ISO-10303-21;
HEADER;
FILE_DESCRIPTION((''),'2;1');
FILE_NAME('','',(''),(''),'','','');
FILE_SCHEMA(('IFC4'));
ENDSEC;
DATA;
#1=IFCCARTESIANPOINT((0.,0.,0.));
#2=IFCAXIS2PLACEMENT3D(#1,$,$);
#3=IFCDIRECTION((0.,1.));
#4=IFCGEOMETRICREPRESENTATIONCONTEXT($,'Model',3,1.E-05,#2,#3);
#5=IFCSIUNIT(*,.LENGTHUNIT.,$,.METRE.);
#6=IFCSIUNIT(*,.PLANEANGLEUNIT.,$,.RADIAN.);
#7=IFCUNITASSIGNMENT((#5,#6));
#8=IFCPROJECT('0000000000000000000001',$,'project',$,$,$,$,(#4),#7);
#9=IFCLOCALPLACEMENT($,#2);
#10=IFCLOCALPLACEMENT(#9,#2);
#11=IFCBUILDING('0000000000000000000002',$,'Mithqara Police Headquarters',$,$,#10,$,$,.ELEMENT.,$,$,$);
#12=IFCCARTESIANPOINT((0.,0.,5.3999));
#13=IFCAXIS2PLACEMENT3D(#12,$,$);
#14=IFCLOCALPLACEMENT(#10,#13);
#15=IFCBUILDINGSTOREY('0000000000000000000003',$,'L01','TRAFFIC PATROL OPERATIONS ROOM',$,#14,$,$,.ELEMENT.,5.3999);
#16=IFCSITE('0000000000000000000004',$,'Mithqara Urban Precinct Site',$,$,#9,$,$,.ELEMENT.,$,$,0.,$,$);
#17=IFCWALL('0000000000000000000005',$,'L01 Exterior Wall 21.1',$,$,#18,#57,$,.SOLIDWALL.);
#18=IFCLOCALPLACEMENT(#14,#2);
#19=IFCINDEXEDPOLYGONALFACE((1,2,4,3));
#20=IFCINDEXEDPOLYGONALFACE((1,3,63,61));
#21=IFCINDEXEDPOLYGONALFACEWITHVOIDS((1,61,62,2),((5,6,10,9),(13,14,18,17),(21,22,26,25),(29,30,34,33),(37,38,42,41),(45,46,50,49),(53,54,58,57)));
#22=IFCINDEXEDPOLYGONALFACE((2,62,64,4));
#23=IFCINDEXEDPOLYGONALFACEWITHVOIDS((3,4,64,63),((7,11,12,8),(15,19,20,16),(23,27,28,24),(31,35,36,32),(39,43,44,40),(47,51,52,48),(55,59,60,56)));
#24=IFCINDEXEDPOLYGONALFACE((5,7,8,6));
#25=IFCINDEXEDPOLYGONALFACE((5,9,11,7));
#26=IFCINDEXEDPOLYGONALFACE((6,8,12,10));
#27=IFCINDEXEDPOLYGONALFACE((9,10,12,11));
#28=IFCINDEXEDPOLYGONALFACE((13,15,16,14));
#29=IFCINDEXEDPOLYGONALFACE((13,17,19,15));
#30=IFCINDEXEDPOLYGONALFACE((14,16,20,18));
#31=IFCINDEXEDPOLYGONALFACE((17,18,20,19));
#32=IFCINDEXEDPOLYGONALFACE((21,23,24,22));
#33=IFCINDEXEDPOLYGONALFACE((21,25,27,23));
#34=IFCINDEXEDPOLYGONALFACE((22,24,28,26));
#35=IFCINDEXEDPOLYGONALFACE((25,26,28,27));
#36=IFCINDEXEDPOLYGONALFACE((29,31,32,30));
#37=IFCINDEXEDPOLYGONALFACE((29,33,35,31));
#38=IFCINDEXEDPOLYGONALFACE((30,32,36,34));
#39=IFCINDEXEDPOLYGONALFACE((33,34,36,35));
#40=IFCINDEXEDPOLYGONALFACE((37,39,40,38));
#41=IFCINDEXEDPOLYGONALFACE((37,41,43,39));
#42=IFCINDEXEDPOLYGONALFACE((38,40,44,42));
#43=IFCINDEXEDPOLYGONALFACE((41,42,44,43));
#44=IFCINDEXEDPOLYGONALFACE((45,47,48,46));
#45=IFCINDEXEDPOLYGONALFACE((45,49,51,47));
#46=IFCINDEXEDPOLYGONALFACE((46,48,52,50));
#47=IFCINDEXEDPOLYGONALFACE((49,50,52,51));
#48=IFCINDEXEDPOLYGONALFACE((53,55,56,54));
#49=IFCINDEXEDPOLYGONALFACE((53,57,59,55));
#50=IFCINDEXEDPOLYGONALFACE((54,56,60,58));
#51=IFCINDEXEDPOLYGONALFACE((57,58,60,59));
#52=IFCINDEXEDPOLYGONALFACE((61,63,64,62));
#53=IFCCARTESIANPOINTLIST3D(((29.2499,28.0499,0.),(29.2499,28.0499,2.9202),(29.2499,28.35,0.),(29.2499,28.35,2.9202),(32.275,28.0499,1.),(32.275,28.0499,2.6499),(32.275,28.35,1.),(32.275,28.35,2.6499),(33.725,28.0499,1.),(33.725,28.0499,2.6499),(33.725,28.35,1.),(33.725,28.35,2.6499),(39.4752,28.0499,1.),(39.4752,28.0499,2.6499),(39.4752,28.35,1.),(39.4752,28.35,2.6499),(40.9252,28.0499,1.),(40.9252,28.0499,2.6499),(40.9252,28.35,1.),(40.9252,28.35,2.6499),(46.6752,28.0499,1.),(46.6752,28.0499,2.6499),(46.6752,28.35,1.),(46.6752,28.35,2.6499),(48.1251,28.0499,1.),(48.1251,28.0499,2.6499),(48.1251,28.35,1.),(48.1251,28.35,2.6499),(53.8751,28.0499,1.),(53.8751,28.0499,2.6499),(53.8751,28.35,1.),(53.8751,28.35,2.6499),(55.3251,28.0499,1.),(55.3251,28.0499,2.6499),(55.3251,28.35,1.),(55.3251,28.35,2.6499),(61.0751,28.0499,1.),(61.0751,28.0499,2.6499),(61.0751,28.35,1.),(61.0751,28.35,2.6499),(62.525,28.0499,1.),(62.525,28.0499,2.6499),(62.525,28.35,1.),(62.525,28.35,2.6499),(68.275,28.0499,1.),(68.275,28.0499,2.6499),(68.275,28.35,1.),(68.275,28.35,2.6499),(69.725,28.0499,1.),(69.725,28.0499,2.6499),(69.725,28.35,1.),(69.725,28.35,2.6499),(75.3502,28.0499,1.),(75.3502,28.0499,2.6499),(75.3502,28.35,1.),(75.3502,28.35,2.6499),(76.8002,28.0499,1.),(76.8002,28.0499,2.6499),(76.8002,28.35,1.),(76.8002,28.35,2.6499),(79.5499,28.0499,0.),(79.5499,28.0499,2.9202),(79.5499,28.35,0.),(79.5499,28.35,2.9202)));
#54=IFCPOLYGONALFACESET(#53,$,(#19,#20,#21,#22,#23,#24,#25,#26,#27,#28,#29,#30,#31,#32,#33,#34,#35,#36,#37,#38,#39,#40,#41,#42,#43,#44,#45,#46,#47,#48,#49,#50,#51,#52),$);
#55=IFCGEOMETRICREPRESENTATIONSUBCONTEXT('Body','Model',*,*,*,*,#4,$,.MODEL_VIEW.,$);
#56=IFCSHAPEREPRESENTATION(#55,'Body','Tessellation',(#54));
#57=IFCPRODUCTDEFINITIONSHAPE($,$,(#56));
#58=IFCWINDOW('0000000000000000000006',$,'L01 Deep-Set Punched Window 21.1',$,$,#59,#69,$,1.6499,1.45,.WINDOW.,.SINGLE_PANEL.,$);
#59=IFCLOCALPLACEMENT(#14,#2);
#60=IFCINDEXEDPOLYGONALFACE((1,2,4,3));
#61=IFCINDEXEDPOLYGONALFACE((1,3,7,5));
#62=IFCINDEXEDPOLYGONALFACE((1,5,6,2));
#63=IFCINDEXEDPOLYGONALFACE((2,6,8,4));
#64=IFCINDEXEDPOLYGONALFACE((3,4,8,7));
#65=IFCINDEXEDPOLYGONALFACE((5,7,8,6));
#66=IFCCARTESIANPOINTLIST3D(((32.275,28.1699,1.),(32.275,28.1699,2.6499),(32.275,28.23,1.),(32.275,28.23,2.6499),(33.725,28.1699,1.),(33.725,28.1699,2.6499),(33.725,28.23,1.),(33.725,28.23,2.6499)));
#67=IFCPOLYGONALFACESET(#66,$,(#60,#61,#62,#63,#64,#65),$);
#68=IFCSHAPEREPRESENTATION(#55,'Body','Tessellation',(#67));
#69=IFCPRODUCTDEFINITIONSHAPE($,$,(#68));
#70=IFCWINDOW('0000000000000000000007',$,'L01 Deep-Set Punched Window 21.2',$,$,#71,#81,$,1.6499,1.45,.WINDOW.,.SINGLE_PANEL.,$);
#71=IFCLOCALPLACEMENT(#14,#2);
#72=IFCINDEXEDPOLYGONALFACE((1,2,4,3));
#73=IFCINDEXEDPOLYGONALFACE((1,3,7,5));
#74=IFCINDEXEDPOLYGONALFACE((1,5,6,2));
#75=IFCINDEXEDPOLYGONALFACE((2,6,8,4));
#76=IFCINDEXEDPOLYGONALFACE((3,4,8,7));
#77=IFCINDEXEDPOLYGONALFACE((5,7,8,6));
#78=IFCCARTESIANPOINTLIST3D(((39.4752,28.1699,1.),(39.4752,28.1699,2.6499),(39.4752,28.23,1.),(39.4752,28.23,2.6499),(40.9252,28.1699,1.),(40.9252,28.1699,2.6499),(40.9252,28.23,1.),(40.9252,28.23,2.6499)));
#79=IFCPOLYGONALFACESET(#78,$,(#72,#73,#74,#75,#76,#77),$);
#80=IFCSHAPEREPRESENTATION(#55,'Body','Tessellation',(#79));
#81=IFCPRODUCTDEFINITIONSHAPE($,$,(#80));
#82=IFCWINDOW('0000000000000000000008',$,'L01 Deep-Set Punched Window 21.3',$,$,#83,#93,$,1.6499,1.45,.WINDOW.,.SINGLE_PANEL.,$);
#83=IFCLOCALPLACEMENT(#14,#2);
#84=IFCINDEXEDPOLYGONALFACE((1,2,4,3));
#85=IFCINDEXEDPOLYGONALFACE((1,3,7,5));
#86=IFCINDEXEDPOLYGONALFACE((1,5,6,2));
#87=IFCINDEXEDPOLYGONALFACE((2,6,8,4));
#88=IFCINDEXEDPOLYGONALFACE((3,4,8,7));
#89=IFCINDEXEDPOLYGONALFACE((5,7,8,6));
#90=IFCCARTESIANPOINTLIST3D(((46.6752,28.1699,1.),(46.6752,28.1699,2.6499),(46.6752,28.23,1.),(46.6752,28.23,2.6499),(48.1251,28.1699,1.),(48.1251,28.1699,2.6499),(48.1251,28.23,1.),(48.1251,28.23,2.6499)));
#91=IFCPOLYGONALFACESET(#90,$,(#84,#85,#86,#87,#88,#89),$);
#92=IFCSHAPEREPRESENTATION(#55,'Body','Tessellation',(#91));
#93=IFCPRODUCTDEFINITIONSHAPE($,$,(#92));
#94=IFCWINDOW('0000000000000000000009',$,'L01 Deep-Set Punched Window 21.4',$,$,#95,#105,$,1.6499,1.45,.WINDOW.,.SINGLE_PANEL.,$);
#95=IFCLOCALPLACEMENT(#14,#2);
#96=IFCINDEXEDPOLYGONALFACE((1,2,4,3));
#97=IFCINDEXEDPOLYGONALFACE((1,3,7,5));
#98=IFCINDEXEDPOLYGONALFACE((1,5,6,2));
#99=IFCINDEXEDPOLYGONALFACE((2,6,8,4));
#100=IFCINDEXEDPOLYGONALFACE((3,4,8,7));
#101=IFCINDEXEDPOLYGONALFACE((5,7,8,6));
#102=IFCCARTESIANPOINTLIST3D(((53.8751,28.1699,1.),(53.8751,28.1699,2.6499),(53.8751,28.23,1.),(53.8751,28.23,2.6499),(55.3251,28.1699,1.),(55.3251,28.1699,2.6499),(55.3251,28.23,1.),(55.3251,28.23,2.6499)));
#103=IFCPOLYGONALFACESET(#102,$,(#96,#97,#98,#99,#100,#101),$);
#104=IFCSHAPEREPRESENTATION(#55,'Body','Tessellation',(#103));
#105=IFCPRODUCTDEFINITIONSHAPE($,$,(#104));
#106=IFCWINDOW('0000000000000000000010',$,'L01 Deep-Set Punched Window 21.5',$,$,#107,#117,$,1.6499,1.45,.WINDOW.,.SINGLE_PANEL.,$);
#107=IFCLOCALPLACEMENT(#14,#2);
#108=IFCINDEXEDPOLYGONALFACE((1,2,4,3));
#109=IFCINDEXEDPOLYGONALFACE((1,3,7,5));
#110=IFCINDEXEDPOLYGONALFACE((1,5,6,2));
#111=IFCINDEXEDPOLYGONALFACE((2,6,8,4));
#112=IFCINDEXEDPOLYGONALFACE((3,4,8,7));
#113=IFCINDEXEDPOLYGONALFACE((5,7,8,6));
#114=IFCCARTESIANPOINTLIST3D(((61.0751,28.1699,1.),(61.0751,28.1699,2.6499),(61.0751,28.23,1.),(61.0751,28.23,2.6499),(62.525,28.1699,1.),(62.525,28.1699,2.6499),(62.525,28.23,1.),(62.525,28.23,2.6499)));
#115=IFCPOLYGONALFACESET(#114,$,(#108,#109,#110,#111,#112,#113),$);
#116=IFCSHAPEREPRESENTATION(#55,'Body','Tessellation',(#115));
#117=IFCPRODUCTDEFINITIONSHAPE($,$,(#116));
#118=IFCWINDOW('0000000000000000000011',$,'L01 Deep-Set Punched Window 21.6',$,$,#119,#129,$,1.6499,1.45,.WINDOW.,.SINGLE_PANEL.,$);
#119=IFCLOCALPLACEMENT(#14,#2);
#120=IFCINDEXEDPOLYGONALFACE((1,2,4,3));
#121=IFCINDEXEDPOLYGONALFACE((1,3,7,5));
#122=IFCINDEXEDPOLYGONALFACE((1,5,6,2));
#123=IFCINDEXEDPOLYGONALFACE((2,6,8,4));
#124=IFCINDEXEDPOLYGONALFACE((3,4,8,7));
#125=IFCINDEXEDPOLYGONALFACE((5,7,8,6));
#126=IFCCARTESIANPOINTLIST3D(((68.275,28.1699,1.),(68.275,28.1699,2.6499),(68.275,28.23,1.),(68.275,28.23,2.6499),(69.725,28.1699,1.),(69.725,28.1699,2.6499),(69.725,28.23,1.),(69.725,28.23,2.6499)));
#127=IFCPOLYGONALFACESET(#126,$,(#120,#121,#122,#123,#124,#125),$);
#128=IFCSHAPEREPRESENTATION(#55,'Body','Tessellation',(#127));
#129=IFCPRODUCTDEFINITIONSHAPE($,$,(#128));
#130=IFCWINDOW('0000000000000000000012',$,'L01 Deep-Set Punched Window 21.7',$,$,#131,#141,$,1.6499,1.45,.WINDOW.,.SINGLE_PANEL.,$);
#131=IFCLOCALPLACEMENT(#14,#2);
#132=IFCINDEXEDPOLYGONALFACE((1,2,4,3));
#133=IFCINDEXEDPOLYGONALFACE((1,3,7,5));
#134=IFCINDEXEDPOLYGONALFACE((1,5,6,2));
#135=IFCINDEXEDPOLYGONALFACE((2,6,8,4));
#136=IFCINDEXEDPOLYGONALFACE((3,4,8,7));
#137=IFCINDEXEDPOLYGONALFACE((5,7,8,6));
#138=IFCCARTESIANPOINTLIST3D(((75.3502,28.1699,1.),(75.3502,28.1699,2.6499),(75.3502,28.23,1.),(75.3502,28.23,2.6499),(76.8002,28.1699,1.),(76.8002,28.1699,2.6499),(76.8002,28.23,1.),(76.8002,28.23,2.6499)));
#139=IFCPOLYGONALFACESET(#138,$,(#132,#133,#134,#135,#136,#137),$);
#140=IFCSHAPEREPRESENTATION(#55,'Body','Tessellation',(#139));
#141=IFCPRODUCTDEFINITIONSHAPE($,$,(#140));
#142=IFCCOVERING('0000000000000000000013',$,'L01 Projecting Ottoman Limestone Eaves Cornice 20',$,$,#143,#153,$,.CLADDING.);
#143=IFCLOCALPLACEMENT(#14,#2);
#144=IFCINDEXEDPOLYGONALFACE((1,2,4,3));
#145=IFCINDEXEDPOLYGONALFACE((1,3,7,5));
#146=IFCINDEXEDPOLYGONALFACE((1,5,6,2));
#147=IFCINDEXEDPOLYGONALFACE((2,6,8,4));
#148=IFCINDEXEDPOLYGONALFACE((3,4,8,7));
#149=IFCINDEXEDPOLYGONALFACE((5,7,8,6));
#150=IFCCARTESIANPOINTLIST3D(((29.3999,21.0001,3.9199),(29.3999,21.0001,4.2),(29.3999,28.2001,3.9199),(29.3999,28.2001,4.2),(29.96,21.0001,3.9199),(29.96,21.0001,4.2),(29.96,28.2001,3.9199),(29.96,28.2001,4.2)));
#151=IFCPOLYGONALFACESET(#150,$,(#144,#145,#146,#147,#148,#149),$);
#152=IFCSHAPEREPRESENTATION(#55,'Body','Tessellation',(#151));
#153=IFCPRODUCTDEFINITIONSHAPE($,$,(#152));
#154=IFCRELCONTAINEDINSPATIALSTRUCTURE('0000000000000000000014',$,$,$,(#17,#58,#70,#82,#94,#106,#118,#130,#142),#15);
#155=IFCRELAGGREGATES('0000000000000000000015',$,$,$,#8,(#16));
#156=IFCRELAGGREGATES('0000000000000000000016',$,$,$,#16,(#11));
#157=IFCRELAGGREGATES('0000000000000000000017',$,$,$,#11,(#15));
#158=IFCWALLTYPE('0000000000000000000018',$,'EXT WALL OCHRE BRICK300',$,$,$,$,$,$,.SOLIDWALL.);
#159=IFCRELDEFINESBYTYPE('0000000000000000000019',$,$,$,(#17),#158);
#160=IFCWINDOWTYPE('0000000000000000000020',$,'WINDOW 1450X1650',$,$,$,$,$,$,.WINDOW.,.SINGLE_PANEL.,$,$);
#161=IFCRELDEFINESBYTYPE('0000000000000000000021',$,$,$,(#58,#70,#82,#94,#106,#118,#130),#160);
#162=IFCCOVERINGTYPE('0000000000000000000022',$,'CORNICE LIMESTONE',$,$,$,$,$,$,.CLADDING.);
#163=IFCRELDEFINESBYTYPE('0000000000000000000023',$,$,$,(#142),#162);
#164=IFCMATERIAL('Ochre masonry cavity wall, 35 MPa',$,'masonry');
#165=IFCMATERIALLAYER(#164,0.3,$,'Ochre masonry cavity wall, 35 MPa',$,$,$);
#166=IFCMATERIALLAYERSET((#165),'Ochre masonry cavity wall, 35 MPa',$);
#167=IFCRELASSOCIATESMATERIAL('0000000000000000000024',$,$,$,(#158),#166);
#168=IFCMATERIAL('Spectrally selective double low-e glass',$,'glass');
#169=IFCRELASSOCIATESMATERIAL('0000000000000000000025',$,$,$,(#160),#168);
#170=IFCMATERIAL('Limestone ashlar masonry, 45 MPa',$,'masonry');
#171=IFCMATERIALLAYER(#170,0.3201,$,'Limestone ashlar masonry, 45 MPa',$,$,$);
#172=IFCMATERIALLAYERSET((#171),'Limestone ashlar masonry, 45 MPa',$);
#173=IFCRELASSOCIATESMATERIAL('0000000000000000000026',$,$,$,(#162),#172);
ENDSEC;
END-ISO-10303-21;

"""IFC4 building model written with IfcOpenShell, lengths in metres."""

from ifc_helpers import new_model, si_unit, direction, frame, frame_2d, origin, origin_2d, place, context, subcontext, project, spatial, rectangle, extrude, material, layer, layer_set, type_object, element, fill, save


model = new_model("IFC4")

# Units and contexts
model_context = context("Model", 3, precision=1e-05, world=origin(), true_north=direction((0.0, 1.0)))
body_context = subcontext(model_context, "Body", "Model", "MODEL_VIEW")
ifc_project = project(units=[si_unit("LENGTHUNIT", "METRE"), si_unit("PLANEANGLEUNIT", "RADIAN")], contexts=[model_context])

# Site, building, storey
site_placement = place(None, origin())
site = spatial("IfcSite", under=ifc_project, at=site_placement, Name="Mithqara Urban Precinct Site", CompositionType="ELEMENT", RefElevation=0.0)
building_placement = place(site_placement, origin())
building = spatial("IfcBuilding", under=site, at=building_placement, Name="Mithqara Police Headquarters", CompositionType="ELEMENT")
storey_placement = place(building_placement, frame((0.0, 0.0, 5.3999)))
storey = spatial("IfcBuildingStorey", under=building, at=storey_placement, Name="L01", Description="TRAFFIC PATROL OPERATIONS ROOM", CompositionType="ELEMENT", Elevation=5.3999)

# Shared definitions
ifc_material_1 = material(Name="Ochre masonry cavity wall, 35 MPa", Category="masonry")
ifc_layer_1 = layer(ifc_material_1, 0.3, Name="Ochre masonry cavity wall, 35 MPa")
ifc_layer_set_1 = layer_set([ifc_layer_1], Name="Ochre masonry cavity wall, 35 MPa")
wall_type = type_object("IfcWallType", Name="EXT WALL OCHRE BRICK300", PredefinedType="SOLIDWALL", material=ifc_layer_set_1)
ifc_material_2 = material(Name="Spectrally selective double low-e glass", Category="glass")

# Wall, openings, windows
wall_1_placement = place(storey_placement, frame((29.25, 28.2, 0.0), z_axis=(0.0, 0.0, 1.0), x_axis=(1.0, 0.0, 0.0)))
wall_1 = element("IfcWall", 1, at=wall_1_placement, inside=storey, type_object=wall_type, Name="L01 Exterior Wall 21.1", PredefinedType="SOLIDWALL", context=body_context, shape_type="SweptSolid", body=[
    extrude(rectangle(XDim=50.3, YDim=0.3, at=frame_2d((25.1499, 0.0))), origin(), (0.0, 0.0, 1.0), 2.9202),
])
opening_1_placement = place(wall_1_placement, frame((3.0249, 0.0, 1.0)))
opening_1 = element("IfcOpeningElement", 2, at=opening_1_placement, cuts=wall_1, PredefinedType="OPENING", context=body_context, shape_type="SweptSolid", body=[
    extrude(rectangle(XDim=1.45, YDim=1.6499, at=frame_2d((0.7251, 0.825))), frame((0.0, 0.1602, 0.0), z_axis=(0.0, -1.0, 0.0), x_axis=(1.0, 0.0, 0.0)), (0.0, 0.0, 1.0), 0.3201),
])
opening_2_placement = place(wall_1_placement, frame((10.2251, 0.0, 1.0)))
opening_2 = element("IfcOpeningElement", 3, at=opening_2_placement, cuts=wall_1, PredefinedType="OPENING", context=body_context, shape_type="SweptSolid", body=[
    extrude(rectangle(XDim=1.45, YDim=1.6499, at=frame_2d((0.7251, 0.825))), frame((0.0, 0.1602, 0.0), z_axis=(0.0, -1.0, 0.0), x_axis=(1.0, 0.0, 0.0)), (0.0, 0.0, 1.0), 0.3201),
])
opening_3_placement = place(wall_1_placement, frame((17.425, 0.0, 1.0)))
opening_3 = element("IfcOpeningElement", 4, at=opening_3_placement, cuts=wall_1, PredefinedType="OPENING", context=body_context, shape_type="SweptSolid", body=[
    extrude(rectangle(XDim=1.45, YDim=1.6499, at=frame_2d((0.7251, 0.825))), frame((0.0, 0.1602, 0.0), z_axis=(0.0, -1.0, 0.0), x_axis=(1.0, 0.0, 0.0)), (0.0, 0.0, 1.0), 0.3201),
])
opening_4_placement = place(wall_1_placement, frame((24.625, 0.0, 1.0)))
opening_4 = element("IfcOpeningElement", 5, at=opening_4_placement, cuts=wall_1, PredefinedType="OPENING", context=body_context, shape_type="SweptSolid", body=[
    extrude(rectangle(XDim=1.45, YDim=1.6499, at=frame_2d((0.7251, 0.825))), frame((0.0, 0.1602, 0.0), z_axis=(0.0, -1.0, 0.0), x_axis=(1.0, 0.0, 0.0)), (0.0, 0.0, 1.0), 0.3201),
])
opening_5_placement = place(wall_1_placement, frame((31.825, 0.0, 1.0)))
opening_5 = element("IfcOpeningElement", 6, at=opening_5_placement, cuts=wall_1, PredefinedType="OPENING", context=body_context, shape_type="SweptSolid", body=[
    extrude(rectangle(XDim=1.45, YDim=1.6499, at=frame_2d((0.7251, 0.825))), frame((0.0, 0.1602, 0.0), z_axis=(0.0, -1.0, 0.0), x_axis=(1.0, 0.0, 0.0)), (0.0, 0.0, 1.0), 0.3201),
])
opening_6_placement = place(wall_1_placement, frame((39.0249, 0.0, 1.0)))
opening_6 = element("IfcOpeningElement", 7, at=opening_6_placement, cuts=wall_1, PredefinedType="OPENING", context=body_context, shape_type="SweptSolid", body=[
    extrude(rectangle(XDim=1.45, YDim=1.6499, at=frame_2d((0.7251, 0.825))), frame((0.0, 0.1602, 0.0), z_axis=(0.0, -1.0, 0.0), x_axis=(1.0, 0.0, 0.0)), (0.0, 0.0, 1.0), 0.3201),
])
opening_7_placement = place(wall_1_placement, frame((46.1001, 0.0, 1.0)))
opening_7 = element("IfcOpeningElement", 8, at=opening_7_placement, cuts=wall_1, PredefinedType="OPENING", context=body_context, shape_type="SweptSolid", body=[
    extrude(rectangle(XDim=1.45, YDim=1.6499, at=frame_2d((0.7251, 0.825))), frame((0.0, 0.1602, 0.0), z_axis=(0.0, -1.0, 0.0), x_axis=(1.0, 0.0, 0.0)), (0.0, 0.0, 1.0), 0.3201),
])
window_type_1 = type_object("IfcWindowType", Name="WINDOW 1450X1650", PartitioningType="SINGLE_PANEL", PredefinedType="WINDOW", material=ifc_material_2)
window_1_placement = place(opening_1_placement, origin())
window_1 = element("IfcWindow", 9, at=window_1_placement, inside=storey, type_object=window_type_1, Name="L01 Deep-Set Punched Window 21.1", OverallHeight=1.6499, OverallWidth=1.45, PartitioningType="SINGLE_PANEL", PredefinedType="WINDOW", context=body_context, shape_type="SweptSolid", body=[
    extrude(rectangle(XDim=1.45, YDim=1.6499, at=frame_2d((0.7251, 0.825))), frame((0.0, 0.03, 0.0), z_axis=(0.0, -1.0, 0.0), x_axis=(1.0, 0.0, 0.0)), (0.0, 0.0, 1.0), 0.0601),
])
fill(opening_1, window_1)
window_2_placement = place(opening_2_placement, origin())
window_2 = element("IfcWindow", 10, at=window_2_placement, inside=storey, type_object=window_type_1, Name="L01 Deep-Set Punched Window 21.2", OverallHeight=1.6499, OverallWidth=1.45, PartitioningType="SINGLE_PANEL", PredefinedType="WINDOW", context=body_context, shape_type="SweptSolid", body=[
    extrude(rectangle(XDim=1.45, YDim=1.6499, at=frame_2d((0.7251, 0.825))), frame((0.0, 0.03, 0.0), z_axis=(0.0, -1.0, 0.0), x_axis=(1.0, 0.0, 0.0)), (0.0, 0.0, 1.0), 0.0601),
])
fill(opening_2, window_2)
window_3_placement = place(opening_3_placement, origin())
window_3 = element("IfcWindow", 11, at=window_3_placement, inside=storey, type_object=window_type_1, Name="L01 Deep-Set Punched Window 21.3", OverallHeight=1.6499, OverallWidth=1.45, PartitioningType="SINGLE_PANEL", PredefinedType="WINDOW", context=body_context, shape_type="SweptSolid", body=[
    extrude(rectangle(XDim=1.45, YDim=1.6499, at=frame_2d((0.7251, 0.825))), frame((0.0, 0.03, 0.0), z_axis=(0.0, -1.0, 0.0), x_axis=(1.0, 0.0, 0.0)), (0.0, 0.0, 1.0), 0.0601),
])
fill(opening_3, window_3)
window_4_placement = place(opening_4_placement, origin())
window_4 = element("IfcWindow", 12, at=window_4_placement, inside=storey, type_object=window_type_1, Name="L01 Deep-Set Punched Window 21.4", OverallHeight=1.6499, OverallWidth=1.45, PartitioningType="SINGLE_PANEL", PredefinedType="WINDOW", context=body_context, shape_type="SweptSolid", body=[
    extrude(rectangle(XDim=1.45, YDim=1.6499, at=frame_2d((0.7251, 0.825))), frame((0.0, 0.03, 0.0), z_axis=(0.0, -1.0, 0.0), x_axis=(1.0, 0.0, 0.0)), (0.0, 0.0, 1.0), 0.0601),
])
fill(opening_4, window_4)
window_5_placement = place(opening_5_placement, origin())
window_5 = element("IfcWindow", 13, at=window_5_placement, inside=storey, type_object=window_type_1, Name="L01 Deep-Set Punched Window 21.5", OverallHeight=1.6499, OverallWidth=1.45, PartitioningType="SINGLE_PANEL", PredefinedType="WINDOW", context=body_context, shape_type="SweptSolid", body=[
    extrude(rectangle(XDim=1.45, YDim=1.6499, at=frame_2d((0.7251, 0.825))), frame((0.0, 0.03, 0.0), z_axis=(0.0, -1.0, 0.0), x_axis=(1.0, 0.0, 0.0)), (0.0, 0.0, 1.0), 0.0601),
])
fill(opening_5, window_5)
window_6_placement = place(opening_6_placement, origin())
window_6 = element("IfcWindow", 14, at=window_6_placement, inside=storey, type_object=window_type_1, Name="L01 Deep-Set Punched Window 21.6", OverallHeight=1.6499, OverallWidth=1.45, PartitioningType="SINGLE_PANEL", PredefinedType="WINDOW", context=body_context, shape_type="SweptSolid", body=[
    extrude(rectangle(XDim=1.45, YDim=1.6499, at=frame_2d((0.7251, 0.825))), frame((0.0, 0.03, 0.0), z_axis=(0.0, -1.0, 0.0), x_axis=(1.0, 0.0, 0.0)), (0.0, 0.0, 1.0), 0.0601),
])
fill(opening_6, window_6)
window_7_placement = place(opening_7_placement, origin())
window_7 = element("IfcWindow", 15, at=window_7_placement, inside=storey, type_object=window_type_1, Name="L01 Deep-Set Punched Window 21.7", OverallHeight=1.6499, OverallWidth=1.45, PartitioningType="SINGLE_PANEL", PredefinedType="WINDOW", context=body_context, shape_type="SweptSolid", body=[
    extrude(rectangle(XDim=1.45, YDim=1.6499, at=frame_2d((0.7251, 0.825))), frame((0.0, 0.03, 0.0), z_axis=(0.0, -1.0, 0.0), x_axis=(1.0, 0.0, 0.0)), (0.0, 0.0, 1.0), 0.0601),
])
fill(opening_7, window_7)

# Covering
ifc_material_3 = material(Name="Limestone ashlar masonry, 45 MPa", Category="masonry")
ifc_layer_2 = layer(ifc_material_3, 0.3201, Name="Limestone ashlar masonry, 45 MPa")
ifc_layer_set_2 = layer_set([ifc_layer_2], Name="Limestone ashlar masonry, 45 MPa")
covering_type_1 = type_object("IfcCoveringType", Name="CORNICE LIMESTONE", PredefinedType="CLADDING", material=ifc_layer_set_2)
covering_1_placement = place(storey_placement, frame((29.6799, 24.6001, 3.9199), z_axis=(0.0, 0.0, 1.0), x_axis=(0.0, 1.0, 0.0)))
element("IfcCovering", 16, at=covering_1_placement, inside=storey, type_object=covering_type_1, Name="L01 Projecting Ottoman Limestone Eaves Cornice 20", PredefinedType="CLADDING", context=body_context, shape_type="SweptSolid", body=[
    extrude(rectangle(XDim=7.2, YDim=0.5601, at=origin_2d()), origin(), (0.0, 0.0, 1.0), 0.28),
])

save(model, "model.ifc")
